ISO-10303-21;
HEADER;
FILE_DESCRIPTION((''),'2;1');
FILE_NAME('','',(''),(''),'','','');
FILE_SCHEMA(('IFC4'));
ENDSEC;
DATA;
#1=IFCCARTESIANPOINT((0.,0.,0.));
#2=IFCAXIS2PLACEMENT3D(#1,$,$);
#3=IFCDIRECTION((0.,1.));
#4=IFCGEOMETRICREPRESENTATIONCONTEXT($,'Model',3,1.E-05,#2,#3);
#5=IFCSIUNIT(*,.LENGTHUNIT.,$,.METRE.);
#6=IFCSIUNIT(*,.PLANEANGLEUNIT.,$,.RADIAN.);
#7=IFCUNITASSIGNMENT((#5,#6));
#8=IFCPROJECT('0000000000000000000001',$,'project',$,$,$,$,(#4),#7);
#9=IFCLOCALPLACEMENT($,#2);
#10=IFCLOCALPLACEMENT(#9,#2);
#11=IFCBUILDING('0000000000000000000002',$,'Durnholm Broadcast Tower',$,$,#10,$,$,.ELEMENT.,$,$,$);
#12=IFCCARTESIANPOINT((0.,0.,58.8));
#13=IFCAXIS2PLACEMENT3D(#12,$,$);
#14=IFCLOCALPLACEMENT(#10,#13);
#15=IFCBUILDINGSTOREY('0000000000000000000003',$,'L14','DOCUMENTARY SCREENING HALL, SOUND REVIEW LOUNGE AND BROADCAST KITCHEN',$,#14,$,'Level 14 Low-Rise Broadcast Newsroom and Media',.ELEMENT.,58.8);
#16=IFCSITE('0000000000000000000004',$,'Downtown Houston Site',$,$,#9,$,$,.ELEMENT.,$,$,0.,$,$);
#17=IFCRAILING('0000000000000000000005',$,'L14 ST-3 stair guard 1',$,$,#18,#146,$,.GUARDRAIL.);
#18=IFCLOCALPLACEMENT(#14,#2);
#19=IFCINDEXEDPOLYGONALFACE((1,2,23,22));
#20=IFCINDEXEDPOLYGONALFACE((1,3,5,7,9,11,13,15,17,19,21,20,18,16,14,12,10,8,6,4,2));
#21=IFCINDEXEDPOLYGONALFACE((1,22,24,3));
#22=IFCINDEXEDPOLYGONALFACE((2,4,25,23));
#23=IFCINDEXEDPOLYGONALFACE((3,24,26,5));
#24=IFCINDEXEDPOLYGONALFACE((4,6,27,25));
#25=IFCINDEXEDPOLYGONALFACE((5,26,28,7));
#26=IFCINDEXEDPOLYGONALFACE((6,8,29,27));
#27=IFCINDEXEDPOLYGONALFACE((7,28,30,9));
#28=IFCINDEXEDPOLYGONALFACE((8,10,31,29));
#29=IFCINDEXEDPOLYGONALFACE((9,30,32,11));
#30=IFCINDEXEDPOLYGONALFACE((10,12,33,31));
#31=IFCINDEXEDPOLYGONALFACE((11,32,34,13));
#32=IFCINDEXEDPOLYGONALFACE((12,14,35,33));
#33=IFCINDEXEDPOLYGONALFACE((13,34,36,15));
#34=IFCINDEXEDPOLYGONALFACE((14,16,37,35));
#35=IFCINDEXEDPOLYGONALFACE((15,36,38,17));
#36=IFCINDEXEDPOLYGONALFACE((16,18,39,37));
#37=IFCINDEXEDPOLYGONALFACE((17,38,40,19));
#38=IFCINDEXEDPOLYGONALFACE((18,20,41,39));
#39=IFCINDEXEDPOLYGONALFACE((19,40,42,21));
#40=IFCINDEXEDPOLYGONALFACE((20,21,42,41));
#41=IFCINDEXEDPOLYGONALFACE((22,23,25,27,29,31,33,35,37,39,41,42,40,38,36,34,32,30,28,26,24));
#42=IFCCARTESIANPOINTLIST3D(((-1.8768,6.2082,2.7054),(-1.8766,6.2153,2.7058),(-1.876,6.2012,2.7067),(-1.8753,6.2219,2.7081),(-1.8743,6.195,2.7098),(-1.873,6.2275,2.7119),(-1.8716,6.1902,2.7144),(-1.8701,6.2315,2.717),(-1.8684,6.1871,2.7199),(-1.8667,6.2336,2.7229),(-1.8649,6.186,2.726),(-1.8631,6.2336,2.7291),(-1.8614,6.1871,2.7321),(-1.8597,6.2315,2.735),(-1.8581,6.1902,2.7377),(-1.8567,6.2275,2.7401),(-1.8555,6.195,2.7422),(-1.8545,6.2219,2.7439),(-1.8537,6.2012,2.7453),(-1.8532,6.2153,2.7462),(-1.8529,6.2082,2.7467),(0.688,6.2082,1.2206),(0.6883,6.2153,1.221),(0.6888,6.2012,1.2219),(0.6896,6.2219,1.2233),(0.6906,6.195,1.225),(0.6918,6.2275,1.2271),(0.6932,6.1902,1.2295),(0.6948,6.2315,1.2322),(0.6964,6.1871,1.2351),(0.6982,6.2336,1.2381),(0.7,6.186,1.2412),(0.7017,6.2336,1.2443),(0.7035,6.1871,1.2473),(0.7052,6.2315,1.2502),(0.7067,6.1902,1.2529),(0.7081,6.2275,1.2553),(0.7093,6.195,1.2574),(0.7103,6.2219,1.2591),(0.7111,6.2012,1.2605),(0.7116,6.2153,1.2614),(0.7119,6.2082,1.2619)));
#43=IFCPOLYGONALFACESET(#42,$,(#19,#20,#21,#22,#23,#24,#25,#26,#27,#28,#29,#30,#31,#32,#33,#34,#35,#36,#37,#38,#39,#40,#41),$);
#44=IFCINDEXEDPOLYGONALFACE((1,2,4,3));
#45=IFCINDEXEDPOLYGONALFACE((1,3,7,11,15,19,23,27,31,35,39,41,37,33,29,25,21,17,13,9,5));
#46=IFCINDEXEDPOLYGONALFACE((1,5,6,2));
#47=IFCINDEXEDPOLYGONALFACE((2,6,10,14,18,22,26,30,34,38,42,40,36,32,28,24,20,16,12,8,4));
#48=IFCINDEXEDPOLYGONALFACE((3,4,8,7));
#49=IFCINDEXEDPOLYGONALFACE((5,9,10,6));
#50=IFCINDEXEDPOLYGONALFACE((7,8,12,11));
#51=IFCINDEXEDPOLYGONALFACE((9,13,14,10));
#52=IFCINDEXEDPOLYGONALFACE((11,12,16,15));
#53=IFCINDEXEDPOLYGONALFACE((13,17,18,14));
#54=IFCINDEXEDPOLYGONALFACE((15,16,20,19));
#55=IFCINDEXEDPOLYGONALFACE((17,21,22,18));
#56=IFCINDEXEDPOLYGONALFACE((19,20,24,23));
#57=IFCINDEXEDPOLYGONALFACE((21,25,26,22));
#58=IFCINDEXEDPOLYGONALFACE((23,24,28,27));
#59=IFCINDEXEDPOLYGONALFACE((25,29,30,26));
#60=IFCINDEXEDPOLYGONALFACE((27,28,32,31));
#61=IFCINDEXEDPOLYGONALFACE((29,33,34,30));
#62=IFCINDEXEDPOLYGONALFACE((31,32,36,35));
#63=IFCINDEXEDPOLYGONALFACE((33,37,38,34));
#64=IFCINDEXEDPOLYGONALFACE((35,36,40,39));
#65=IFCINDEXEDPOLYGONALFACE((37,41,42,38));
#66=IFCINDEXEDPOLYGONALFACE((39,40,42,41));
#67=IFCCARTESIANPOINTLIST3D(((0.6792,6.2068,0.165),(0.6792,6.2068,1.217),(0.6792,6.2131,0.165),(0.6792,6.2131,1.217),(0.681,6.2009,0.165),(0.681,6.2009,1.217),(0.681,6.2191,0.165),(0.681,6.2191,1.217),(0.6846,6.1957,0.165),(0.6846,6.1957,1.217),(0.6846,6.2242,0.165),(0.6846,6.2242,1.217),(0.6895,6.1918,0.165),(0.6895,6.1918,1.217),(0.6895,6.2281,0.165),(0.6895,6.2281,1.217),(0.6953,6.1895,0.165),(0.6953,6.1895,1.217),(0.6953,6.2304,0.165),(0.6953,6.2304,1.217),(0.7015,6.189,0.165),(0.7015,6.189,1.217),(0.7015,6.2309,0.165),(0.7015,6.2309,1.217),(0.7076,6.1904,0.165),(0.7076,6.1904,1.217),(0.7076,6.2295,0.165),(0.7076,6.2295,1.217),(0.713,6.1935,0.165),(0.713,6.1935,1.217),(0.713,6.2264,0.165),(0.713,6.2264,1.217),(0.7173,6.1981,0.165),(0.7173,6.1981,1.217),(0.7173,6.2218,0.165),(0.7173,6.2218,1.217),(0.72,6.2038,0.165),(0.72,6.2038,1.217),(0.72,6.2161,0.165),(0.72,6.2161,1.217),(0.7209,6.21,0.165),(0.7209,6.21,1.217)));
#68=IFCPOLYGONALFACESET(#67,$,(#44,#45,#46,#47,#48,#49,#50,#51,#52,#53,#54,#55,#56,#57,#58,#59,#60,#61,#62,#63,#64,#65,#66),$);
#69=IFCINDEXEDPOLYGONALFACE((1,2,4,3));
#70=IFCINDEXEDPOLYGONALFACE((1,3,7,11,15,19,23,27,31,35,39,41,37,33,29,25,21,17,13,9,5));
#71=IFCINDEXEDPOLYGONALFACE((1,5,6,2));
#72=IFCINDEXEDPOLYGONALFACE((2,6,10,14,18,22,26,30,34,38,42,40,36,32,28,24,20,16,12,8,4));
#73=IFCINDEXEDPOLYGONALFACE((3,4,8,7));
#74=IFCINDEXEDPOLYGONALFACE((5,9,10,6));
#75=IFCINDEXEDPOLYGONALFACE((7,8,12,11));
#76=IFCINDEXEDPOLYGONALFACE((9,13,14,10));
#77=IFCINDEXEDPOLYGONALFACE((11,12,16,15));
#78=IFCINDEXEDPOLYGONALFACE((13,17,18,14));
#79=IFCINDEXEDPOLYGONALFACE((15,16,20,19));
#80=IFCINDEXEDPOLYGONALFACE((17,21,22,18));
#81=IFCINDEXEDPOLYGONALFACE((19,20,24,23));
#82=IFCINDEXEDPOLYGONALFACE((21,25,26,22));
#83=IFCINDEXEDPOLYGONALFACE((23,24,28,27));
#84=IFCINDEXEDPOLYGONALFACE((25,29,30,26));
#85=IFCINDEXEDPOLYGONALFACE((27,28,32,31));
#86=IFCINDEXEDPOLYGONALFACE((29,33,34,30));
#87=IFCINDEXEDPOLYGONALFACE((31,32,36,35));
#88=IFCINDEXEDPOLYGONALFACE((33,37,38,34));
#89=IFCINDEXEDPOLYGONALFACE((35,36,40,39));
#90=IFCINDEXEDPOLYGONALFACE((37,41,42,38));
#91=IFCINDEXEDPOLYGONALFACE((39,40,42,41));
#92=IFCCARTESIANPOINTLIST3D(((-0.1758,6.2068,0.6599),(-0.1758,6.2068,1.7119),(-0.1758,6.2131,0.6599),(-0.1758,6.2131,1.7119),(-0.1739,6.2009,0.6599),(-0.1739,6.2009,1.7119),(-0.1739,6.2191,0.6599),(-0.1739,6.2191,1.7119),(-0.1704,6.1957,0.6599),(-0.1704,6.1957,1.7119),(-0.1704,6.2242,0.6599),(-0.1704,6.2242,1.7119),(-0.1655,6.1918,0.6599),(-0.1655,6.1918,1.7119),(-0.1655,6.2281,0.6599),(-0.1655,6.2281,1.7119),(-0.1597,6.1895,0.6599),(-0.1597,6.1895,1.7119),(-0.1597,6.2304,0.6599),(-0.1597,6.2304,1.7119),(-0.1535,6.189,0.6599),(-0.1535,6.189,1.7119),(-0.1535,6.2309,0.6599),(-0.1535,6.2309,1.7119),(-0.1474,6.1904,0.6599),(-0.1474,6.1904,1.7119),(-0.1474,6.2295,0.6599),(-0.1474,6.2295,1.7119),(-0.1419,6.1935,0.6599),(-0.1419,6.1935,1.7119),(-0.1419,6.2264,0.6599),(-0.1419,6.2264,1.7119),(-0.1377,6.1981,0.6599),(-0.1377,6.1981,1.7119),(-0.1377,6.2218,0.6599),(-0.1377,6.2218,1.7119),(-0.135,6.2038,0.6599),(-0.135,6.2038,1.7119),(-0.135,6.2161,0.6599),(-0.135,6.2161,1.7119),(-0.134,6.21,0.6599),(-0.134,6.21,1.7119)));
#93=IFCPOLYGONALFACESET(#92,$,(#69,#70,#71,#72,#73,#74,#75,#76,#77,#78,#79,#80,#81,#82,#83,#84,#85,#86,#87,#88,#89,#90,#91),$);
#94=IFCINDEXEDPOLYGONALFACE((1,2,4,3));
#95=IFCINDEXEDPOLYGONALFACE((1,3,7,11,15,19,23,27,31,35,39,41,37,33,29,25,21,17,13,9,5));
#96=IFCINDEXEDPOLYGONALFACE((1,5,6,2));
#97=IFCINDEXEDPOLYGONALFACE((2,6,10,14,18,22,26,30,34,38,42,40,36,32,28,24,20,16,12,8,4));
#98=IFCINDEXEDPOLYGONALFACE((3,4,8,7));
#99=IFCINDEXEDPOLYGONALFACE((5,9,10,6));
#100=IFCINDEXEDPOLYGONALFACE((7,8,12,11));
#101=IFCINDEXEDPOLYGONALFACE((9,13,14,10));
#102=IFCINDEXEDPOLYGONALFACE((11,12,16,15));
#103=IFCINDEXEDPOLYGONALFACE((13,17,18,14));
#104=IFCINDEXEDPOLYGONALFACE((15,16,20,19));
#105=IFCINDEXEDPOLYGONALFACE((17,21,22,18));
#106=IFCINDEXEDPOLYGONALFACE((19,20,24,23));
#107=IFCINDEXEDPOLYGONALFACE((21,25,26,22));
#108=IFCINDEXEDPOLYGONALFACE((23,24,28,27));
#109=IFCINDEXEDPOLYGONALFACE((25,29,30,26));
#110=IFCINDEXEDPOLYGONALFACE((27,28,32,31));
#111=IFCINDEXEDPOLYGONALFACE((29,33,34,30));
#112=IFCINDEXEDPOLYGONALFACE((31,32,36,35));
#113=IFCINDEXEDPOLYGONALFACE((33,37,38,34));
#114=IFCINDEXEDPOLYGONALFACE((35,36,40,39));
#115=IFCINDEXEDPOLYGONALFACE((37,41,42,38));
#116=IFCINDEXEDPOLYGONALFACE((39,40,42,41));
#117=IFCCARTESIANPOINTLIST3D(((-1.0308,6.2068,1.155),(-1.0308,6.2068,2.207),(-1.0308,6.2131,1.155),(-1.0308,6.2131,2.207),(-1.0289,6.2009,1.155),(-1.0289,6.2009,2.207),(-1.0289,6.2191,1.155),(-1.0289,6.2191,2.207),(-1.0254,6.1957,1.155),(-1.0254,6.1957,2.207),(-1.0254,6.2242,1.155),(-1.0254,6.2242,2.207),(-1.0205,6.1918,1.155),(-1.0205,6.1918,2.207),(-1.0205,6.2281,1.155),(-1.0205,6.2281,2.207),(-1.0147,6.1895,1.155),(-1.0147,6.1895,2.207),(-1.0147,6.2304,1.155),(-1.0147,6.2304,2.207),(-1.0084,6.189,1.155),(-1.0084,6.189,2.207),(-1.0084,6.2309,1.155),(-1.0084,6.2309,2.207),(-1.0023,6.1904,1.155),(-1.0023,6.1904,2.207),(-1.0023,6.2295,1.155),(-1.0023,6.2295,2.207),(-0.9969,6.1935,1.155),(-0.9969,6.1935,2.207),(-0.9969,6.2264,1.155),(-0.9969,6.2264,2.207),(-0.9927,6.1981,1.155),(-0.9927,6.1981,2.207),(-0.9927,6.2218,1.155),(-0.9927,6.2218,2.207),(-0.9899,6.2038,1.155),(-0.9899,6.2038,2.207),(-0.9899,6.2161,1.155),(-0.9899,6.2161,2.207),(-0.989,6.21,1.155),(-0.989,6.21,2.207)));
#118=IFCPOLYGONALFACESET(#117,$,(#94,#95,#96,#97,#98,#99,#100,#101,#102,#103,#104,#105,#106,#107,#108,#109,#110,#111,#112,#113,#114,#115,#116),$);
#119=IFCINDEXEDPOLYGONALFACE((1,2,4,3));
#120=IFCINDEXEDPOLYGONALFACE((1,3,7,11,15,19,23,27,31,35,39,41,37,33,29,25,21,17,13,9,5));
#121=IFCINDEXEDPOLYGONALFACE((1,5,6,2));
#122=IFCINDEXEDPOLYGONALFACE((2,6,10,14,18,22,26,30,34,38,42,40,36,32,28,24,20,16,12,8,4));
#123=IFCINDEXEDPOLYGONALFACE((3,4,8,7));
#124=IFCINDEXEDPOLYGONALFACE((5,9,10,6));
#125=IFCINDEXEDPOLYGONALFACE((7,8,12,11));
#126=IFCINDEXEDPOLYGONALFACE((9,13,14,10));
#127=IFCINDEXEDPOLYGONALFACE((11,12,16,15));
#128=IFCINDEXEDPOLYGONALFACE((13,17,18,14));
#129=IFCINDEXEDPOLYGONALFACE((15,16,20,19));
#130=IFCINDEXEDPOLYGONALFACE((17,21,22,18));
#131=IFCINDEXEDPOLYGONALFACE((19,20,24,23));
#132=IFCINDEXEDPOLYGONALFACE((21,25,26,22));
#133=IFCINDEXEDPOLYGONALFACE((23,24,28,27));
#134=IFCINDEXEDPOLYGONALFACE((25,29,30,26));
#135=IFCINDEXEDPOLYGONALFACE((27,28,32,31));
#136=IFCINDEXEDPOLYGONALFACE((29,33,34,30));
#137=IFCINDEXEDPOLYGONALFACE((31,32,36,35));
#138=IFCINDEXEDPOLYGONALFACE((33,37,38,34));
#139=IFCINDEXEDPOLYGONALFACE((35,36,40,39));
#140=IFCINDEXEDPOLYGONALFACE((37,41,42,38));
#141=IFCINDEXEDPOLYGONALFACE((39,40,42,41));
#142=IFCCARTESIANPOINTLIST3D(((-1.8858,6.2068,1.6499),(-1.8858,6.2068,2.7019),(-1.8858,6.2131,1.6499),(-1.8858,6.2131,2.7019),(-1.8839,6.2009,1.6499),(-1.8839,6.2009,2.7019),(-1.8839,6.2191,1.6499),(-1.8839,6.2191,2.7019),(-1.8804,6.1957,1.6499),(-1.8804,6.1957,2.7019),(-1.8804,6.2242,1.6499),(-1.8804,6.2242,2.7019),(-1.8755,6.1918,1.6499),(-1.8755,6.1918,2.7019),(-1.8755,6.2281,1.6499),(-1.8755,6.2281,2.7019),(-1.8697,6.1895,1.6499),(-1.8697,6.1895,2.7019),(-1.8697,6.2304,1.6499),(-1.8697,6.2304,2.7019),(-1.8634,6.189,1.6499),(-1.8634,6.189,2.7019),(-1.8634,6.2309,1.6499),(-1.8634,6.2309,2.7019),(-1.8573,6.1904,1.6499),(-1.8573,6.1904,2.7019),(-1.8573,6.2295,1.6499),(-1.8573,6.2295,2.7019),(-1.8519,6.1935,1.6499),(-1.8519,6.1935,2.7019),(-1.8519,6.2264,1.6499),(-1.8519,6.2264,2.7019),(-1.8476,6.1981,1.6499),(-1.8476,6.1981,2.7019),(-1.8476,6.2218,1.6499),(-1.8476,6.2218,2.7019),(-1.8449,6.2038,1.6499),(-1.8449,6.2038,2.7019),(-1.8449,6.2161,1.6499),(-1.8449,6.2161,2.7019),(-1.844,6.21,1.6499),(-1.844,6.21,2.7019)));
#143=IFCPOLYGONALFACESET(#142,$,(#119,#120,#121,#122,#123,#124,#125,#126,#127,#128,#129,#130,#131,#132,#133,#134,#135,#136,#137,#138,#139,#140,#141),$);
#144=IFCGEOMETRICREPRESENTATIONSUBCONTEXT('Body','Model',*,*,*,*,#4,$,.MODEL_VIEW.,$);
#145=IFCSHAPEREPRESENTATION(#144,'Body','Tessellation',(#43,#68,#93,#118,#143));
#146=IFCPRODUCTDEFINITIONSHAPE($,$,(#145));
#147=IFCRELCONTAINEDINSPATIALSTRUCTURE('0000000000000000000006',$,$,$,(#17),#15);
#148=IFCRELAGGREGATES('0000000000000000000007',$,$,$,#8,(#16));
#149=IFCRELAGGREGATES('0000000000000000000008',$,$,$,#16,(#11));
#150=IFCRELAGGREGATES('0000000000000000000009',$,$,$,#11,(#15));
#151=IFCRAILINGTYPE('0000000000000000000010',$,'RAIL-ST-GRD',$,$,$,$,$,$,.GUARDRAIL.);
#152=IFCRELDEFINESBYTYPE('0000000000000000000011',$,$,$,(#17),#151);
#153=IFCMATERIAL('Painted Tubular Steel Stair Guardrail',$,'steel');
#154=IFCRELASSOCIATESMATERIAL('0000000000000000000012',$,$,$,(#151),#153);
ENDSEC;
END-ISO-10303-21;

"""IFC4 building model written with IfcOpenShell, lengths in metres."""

from ifc_helpers import new_model, si_unit, direction, frame, origin, origin_2d, place, context, subcontext, project, spatial, circle, extrude, material, type_object, element, save


model = new_model("IFC4")

# Units and contexts
model_context = context("Model", 3, precision=1e-05, world=origin(), true_north=direction((0.0, 1.0)))
body_context = subcontext(model_context, "Body", "Model", "MODEL_VIEW")
ifc_project = project(units=[si_unit("LENGTHUNIT", "METRE"), si_unit("PLANEANGLEUNIT", "RADIAN")], contexts=[model_context])

# Site, building, storey
site_placement = place(None, origin())
site = spatial("IfcSite", under=ifc_project, at=site_placement, Name="Downtown Houston Site", CompositionType="ELEMENT", RefElevation=0.0)
building_placement = place(site_placement, origin())
building = spatial("IfcBuilding", under=site, at=building_placement, Name="Durnholm Broadcast Tower", CompositionType="ELEMENT")
storey_placement = place(building_placement, frame((0.0, 0.0, 58.8)))
storey = spatial("IfcBuildingStorey", under=building, at=storey_placement, Name="L14", Description="DOCUMENTARY SCREENING HALL, SOUND REVIEW LOUNGE AND BROADCAST KITCHEN", LongName="Level 14 Low-Rise Broadcast Newsroom and Media", CompositionType="ELEMENT", Elevation=58.8)

# Railing
ifc_material_1 = material(Name="Painted Tubular Steel Stair Guardrail", Category="steel")
railing_type_1 = type_object("IfcRailingType", Name="RAIL-ST-GRD", PredefinedType="GUARDRAIL", material=ifc_material_1)
railing_1_placement = place(storey_placement, frame((0.7, 6.21, 0.165)))
element("IfcRailing", 1, at=railing_1_placement, inside=storey, type_object=railing_type_1, Name="L14 ST-3 stair guard 1", PredefinedType="GUARDRAIL", context=body_context, shape_type="SweptSolid", body=[
    extrude(circle(Radius=0.0239, at=origin_2d()), frame((0.0, 0.0, 1.0762), z_axis=(-0.865441, 0.0, 0.50101), x_axis=(0.0, -1.0, 0.0)), (0.0, 0.0, 1.0), 2.9636),
    extrude(circle(Radius=0.021, at=origin_2d()), origin(), (0.0, 0.0, 1.0), 1.052),
    extrude(circle(Radius=0.021, at=origin_2d()), frame((-0.855, 0.0, 0.4949)), (0.0, 0.0, 1.0), 1.052),
    extrude(circle(Radius=0.021, at=origin_2d()), frame((-1.71, 0.0, 0.99)), (0.0, 0.0, 1.0), 1.052),
    extrude(circle(Radius=0.021, at=origin_2d()), frame((-2.5649, 0.0, 1.4849)), (0.0, 0.0, 1.0), 1.052),
])

save(model, "model.ifc")
